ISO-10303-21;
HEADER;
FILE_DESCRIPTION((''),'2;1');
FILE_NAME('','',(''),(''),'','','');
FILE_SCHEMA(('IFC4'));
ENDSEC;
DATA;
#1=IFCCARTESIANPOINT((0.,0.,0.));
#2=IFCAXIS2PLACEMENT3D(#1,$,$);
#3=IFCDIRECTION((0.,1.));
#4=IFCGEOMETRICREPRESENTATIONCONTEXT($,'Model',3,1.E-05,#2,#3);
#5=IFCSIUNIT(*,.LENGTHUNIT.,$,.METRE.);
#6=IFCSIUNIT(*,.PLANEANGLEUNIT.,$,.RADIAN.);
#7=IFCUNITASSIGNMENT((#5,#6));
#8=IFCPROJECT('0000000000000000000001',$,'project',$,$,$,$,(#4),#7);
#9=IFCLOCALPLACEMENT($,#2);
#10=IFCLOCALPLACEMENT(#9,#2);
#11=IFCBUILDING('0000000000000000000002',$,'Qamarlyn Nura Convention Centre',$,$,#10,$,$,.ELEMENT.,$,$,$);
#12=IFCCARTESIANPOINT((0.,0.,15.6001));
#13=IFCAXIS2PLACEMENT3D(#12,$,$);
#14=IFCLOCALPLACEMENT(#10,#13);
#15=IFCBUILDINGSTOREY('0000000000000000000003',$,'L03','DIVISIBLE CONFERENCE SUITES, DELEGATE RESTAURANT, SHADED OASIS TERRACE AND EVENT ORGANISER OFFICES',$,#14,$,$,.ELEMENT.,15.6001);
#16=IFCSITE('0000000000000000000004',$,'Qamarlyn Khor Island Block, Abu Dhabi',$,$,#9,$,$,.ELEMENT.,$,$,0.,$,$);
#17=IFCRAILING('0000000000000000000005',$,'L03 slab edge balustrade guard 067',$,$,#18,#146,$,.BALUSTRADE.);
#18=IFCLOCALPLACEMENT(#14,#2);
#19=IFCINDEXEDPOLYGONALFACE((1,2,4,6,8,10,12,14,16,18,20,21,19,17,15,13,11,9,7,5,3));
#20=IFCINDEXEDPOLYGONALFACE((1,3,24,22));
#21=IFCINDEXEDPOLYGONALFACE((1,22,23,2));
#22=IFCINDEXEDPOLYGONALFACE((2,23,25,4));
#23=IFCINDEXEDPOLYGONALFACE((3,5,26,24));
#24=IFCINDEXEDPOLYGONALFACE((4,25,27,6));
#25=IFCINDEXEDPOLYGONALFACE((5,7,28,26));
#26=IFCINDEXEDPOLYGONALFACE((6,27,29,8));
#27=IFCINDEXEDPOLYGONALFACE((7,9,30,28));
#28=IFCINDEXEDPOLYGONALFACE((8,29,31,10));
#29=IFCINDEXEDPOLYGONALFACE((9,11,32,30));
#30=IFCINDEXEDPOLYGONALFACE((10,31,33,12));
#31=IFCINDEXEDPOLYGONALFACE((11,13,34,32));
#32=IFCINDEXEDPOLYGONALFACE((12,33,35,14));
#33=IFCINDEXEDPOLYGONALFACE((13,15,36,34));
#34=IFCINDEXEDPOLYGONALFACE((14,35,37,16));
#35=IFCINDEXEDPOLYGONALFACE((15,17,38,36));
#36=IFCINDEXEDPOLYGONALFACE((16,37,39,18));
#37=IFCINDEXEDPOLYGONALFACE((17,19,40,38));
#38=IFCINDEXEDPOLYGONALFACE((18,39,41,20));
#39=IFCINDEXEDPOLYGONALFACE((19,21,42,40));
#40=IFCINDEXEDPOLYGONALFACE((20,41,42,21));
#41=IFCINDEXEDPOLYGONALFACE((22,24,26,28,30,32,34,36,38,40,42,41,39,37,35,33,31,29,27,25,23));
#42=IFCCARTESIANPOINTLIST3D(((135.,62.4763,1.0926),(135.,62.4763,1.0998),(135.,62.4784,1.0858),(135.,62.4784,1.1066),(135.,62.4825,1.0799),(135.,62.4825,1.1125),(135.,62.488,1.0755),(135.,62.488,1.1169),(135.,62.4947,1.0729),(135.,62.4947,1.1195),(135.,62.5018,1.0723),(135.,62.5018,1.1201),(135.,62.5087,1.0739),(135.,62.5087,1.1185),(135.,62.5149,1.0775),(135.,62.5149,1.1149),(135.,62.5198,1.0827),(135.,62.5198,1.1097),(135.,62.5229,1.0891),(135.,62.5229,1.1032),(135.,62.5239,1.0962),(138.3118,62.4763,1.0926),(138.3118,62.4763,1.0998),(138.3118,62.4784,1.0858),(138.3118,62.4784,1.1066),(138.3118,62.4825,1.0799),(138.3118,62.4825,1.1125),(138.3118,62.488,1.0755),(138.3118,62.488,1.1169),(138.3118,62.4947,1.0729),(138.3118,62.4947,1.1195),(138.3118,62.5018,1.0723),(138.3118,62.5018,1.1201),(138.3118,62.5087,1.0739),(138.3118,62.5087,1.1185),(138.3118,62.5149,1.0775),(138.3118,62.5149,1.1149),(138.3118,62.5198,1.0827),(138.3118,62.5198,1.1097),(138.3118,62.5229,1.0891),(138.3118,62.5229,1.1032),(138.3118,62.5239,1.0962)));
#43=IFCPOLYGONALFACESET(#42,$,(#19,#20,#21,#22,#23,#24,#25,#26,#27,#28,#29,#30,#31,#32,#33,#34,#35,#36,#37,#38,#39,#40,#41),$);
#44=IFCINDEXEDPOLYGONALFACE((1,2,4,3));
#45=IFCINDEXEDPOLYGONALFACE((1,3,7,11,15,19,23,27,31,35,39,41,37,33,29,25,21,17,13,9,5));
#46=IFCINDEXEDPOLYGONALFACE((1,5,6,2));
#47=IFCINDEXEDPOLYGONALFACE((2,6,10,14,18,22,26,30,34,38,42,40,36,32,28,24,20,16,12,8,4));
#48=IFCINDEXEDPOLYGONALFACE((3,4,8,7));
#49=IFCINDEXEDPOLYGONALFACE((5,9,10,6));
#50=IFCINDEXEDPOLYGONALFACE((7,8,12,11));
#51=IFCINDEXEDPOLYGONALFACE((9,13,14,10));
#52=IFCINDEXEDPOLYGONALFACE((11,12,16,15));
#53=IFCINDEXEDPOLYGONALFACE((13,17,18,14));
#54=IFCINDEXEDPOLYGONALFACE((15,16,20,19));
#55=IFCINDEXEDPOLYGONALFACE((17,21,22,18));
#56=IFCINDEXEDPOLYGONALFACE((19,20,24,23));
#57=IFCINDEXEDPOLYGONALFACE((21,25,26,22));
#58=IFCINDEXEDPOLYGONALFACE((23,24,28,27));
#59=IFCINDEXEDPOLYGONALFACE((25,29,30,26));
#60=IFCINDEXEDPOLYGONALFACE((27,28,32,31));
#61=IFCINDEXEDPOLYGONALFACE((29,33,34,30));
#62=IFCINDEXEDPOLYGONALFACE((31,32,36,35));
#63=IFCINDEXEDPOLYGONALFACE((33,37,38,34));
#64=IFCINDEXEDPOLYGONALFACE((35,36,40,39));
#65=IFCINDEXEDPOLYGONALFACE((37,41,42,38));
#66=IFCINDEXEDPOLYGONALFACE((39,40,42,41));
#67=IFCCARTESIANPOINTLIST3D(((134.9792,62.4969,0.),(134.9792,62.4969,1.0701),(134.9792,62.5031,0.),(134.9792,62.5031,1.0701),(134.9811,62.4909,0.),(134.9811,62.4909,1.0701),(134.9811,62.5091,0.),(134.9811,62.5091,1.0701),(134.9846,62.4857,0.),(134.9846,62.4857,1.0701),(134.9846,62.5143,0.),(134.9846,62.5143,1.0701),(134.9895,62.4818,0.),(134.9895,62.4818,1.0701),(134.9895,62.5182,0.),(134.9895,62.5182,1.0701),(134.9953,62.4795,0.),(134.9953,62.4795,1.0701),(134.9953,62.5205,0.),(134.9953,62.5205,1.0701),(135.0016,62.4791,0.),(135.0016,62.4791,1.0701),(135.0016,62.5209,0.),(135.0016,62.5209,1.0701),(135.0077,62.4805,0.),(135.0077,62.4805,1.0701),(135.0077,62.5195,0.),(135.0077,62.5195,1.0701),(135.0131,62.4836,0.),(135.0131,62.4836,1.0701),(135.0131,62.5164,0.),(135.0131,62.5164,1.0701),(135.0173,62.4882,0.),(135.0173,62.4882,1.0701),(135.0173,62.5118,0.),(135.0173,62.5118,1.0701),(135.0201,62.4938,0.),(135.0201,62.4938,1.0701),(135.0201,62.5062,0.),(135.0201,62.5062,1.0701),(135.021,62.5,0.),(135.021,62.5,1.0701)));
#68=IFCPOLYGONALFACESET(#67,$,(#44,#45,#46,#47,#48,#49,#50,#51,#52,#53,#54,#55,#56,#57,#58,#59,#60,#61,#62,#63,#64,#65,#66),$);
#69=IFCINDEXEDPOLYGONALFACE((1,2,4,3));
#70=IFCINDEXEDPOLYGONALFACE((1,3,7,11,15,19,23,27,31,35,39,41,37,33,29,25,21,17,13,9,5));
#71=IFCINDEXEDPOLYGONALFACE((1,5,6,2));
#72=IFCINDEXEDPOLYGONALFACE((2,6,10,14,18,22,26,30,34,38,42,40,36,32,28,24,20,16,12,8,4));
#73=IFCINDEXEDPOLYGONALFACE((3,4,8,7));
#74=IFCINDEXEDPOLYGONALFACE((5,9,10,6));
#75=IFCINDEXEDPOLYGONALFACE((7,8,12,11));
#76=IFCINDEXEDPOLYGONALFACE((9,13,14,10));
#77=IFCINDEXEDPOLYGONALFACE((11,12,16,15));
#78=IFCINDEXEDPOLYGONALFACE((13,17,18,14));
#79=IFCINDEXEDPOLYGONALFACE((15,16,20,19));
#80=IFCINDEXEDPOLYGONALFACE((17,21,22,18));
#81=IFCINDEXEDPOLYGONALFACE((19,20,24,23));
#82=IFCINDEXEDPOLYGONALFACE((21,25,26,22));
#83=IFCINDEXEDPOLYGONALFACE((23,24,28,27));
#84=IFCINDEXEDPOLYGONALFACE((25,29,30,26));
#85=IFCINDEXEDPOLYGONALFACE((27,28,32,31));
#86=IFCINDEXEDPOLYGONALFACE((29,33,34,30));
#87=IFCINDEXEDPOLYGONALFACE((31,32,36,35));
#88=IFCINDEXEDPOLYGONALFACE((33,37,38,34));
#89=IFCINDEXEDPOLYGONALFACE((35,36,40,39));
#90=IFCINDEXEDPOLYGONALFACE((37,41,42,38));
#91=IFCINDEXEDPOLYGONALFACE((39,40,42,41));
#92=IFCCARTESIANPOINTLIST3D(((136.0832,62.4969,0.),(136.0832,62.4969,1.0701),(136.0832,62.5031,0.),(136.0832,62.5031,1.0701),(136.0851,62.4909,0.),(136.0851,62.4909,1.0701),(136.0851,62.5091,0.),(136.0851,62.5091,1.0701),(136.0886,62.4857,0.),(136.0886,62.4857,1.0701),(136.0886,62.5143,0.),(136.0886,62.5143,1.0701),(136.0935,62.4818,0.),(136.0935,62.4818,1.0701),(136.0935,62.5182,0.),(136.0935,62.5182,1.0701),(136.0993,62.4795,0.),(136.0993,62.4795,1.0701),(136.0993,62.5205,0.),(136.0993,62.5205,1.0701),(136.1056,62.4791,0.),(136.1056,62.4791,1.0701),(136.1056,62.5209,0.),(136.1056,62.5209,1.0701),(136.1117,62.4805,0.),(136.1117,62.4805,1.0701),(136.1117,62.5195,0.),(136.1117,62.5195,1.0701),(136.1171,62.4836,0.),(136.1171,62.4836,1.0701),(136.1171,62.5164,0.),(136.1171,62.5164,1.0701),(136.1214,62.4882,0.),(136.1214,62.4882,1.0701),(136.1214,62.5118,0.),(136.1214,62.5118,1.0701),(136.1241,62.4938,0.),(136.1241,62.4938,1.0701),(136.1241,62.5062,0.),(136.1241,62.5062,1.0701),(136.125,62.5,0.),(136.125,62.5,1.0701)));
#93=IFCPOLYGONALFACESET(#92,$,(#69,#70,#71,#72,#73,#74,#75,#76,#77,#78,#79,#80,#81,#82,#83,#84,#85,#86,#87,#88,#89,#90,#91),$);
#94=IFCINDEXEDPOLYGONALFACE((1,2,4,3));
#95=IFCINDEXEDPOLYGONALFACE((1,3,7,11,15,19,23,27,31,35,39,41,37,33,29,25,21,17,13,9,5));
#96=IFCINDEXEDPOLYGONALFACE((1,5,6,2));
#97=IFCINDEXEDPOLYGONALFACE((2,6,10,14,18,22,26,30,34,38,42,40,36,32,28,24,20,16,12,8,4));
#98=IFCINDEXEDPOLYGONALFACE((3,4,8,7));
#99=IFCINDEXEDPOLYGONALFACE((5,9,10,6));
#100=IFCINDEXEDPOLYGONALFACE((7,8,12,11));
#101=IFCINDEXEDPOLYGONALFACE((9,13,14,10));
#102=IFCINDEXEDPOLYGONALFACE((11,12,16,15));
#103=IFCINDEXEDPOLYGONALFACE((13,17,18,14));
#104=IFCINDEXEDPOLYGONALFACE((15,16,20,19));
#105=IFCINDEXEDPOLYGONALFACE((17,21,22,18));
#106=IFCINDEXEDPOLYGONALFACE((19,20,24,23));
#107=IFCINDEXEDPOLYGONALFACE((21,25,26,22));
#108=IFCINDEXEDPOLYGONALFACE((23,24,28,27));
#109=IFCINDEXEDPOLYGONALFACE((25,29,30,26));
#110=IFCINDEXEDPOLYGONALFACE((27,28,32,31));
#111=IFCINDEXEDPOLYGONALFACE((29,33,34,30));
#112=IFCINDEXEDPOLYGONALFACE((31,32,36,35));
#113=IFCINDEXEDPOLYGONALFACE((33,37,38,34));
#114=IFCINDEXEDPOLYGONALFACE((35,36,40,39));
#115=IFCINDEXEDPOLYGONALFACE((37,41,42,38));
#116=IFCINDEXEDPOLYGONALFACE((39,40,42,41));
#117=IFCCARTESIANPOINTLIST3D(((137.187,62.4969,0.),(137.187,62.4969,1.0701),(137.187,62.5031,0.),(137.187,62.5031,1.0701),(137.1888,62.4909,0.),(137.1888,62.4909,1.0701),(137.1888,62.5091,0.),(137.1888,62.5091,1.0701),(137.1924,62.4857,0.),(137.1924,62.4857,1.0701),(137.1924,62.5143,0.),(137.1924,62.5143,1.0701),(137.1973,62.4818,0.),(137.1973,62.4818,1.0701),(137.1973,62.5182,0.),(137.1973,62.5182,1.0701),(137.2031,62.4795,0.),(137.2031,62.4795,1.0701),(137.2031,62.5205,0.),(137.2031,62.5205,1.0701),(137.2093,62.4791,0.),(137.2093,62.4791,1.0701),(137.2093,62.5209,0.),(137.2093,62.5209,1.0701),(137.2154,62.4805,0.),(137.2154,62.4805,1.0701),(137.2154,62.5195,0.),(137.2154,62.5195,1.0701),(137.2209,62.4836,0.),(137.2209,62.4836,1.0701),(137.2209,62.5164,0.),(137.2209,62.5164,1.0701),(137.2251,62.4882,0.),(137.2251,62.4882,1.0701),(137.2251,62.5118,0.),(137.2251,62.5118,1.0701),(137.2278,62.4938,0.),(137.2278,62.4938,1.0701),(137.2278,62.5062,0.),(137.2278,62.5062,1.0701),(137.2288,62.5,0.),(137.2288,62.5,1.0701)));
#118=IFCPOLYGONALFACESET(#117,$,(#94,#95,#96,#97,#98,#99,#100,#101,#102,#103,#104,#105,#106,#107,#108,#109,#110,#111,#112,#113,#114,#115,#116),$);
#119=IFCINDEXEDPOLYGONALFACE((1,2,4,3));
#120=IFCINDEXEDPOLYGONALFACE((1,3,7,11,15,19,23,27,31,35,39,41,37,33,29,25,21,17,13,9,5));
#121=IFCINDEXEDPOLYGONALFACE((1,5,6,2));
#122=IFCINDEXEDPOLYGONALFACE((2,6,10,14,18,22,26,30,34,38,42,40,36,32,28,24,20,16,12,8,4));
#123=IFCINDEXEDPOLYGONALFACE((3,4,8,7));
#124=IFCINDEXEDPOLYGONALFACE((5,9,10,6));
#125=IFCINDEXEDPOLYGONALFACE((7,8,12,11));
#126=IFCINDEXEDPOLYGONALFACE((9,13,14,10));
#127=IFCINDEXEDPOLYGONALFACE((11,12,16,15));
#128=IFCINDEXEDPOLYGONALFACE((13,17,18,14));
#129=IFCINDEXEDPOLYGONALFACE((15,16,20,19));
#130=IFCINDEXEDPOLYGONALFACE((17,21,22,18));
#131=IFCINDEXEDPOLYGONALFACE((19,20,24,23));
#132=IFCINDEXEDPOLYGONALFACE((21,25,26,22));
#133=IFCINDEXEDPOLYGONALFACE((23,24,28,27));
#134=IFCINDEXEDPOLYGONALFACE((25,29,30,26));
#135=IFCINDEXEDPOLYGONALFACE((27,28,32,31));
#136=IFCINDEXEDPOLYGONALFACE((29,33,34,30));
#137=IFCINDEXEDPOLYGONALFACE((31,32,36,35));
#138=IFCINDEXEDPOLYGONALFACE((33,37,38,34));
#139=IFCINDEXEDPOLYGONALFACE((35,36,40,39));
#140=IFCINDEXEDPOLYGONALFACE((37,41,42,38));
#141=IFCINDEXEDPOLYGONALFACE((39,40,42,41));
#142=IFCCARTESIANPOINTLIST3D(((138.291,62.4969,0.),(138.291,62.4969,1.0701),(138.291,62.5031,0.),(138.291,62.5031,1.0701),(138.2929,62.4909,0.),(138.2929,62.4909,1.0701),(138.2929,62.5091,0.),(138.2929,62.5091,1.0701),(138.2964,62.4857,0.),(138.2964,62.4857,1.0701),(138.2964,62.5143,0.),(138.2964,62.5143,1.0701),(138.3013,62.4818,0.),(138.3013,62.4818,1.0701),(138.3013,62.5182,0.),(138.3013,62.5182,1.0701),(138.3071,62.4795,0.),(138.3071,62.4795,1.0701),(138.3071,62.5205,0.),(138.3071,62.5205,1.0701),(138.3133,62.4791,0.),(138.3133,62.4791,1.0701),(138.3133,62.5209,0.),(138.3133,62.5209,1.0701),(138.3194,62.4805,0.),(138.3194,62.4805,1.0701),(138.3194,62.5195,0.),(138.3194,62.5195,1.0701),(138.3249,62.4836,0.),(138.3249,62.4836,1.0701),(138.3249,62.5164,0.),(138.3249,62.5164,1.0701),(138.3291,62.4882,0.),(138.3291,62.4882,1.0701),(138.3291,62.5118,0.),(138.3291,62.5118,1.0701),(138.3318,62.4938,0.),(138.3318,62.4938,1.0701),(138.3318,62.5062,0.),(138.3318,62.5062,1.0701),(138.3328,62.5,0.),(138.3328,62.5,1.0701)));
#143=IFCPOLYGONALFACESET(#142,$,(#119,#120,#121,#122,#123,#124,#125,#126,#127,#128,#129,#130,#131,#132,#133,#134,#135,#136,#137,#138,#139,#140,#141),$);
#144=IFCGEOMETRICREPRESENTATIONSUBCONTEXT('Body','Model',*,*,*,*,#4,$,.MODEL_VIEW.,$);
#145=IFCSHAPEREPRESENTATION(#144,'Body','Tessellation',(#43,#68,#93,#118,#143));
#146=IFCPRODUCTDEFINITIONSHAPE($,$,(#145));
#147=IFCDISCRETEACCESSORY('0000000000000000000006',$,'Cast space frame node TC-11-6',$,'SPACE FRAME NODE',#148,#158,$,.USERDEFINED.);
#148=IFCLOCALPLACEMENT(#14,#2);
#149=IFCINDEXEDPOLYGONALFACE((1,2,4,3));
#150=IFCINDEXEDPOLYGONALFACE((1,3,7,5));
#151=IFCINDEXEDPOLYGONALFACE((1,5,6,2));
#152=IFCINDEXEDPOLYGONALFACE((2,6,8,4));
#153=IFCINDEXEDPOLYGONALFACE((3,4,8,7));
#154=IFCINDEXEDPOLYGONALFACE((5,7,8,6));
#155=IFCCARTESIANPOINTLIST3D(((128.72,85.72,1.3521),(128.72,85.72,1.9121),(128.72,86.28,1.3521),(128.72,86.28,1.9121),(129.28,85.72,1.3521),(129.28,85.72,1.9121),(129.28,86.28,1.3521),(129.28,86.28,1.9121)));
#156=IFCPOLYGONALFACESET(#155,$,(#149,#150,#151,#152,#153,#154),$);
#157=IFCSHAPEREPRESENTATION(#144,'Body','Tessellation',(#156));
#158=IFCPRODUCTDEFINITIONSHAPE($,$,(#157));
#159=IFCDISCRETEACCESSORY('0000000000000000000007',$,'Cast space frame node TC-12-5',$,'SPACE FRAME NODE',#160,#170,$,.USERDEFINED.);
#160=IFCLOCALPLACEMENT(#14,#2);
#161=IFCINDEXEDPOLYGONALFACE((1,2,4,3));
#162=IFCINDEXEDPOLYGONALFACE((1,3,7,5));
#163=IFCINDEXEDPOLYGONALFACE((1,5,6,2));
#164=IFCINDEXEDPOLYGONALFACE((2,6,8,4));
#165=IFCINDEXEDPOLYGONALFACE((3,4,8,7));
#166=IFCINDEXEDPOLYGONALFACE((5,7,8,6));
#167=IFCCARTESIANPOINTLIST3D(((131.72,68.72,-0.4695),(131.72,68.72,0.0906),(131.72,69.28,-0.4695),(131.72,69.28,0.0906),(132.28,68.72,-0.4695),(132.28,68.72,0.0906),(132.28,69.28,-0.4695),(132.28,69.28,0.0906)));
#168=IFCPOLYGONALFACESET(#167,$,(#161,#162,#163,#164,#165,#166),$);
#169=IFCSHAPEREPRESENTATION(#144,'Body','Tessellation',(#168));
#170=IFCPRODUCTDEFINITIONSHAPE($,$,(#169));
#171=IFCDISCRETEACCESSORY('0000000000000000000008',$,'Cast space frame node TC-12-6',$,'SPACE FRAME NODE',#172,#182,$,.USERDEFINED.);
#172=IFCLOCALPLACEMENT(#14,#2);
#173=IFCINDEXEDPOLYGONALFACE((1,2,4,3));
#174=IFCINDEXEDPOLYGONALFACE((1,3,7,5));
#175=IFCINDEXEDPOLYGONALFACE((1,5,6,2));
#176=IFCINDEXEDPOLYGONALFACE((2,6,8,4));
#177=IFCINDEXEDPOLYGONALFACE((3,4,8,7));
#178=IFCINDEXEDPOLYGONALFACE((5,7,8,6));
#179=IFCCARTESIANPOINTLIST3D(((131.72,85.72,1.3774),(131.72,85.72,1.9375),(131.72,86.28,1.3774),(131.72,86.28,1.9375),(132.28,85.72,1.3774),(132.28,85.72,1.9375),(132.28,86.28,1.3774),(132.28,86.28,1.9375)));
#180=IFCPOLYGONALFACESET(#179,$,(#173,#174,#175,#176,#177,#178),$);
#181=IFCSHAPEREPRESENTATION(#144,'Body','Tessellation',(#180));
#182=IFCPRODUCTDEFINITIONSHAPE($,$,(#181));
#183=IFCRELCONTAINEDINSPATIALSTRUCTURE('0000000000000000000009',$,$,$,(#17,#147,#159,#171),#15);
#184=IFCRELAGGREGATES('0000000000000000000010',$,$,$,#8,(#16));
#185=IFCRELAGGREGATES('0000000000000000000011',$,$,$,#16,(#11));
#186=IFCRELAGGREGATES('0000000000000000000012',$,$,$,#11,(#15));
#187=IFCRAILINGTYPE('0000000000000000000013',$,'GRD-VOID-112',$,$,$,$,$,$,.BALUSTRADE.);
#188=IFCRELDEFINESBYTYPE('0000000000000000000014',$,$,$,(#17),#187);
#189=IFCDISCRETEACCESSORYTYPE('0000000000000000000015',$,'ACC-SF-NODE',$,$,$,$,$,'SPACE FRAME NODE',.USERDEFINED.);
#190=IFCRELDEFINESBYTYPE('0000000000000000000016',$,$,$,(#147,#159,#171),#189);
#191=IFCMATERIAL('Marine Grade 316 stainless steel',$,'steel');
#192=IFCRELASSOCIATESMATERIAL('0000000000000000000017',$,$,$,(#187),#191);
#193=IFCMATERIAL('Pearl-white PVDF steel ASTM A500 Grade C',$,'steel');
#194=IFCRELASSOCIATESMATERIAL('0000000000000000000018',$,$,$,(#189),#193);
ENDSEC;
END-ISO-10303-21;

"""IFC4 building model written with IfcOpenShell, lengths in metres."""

from ifc_helpers import new_model, si_unit, direction, frame, origin, origin_2d, place, context, subcontext, project, spatial, rectangle, circle, extrude, material, type_object, element, save


model = new_model("IFC4")

# Units and contexts
model_context = context("Model", 3, precision=1e-05, world=origin(), true_north=direction((0.0, 1.0)))
body_context = subcontext(model_context, "Body", "Model", "MODEL_VIEW")
ifc_project = project(units=[si_unit("LENGTHUNIT", "METRE"), si_unit("PLANEANGLEUNIT", "RADIAN")], contexts=[model_context])

# Site, building, storey
site_placement = place(None, origin())
site = spatial("IfcSite", under=ifc_project, at=site_placement, Name="Qamarlyn Khor Island Block, Abu Dhabi", CompositionType="ELEMENT", RefElevation=0.0)
building_placement = place(site_placement, origin())
building = spatial("IfcBuilding", under=site, at=building_placement, Name="Qamarlyn Nura Convention Centre", CompositionType="ELEMENT")
storey_placement = place(building_placement, frame((0.0, 0.0, 15.6001)))
storey = spatial("IfcBuildingStorey", under=building, at=storey_placement, Name="L03", Description="DIVISIBLE CONFERENCE SUITES, DELEGATE RESTAURANT, SHADED OASIS TERRACE AND EVENT ORGANISER OFFICES", CompositionType="ELEMENT", Elevation=15.6001)

# Shared definitions
ifc_material_1 = material(Name="Pearl-white PVDF steel ASTM A500 Grade C", Category="steel")

# Railing
ifc_material_2 = material(Name="Marine Grade 316 stainless steel", Category="steel")
railing_type = type_object("IfcRailingType", Name="GRD-VOID-112", PredefinedType="BALUSTRADE", material=ifc_material_2)
railing_placement = place(storey_placement, frame((135.0, 62.5, 0.0)))
element("IfcRailing", 1, at=railing_placement, inside=storey, type_object=railing_type, Name="L03 slab edge balustrade guard 067", PredefinedType="BALUSTRADE", context=body_context, shape_type="SweptSolid", body=[
    extrude(circle(Radius=0.0239, at=origin_2d()), frame((0.0, 0.0, 1.0962), z_axis=(1.0, 0.0, 0.0), x_axis=(0.0, 1.0, 0.0)), (0.0, 0.0, 1.0), 3.3118),
    extrude(circle(Radius=0.021, at=origin_2d()), origin(), (0.0, 0.0, 1.0), 1.0701),
    extrude(circle(Radius=0.021, at=origin_2d()), frame((1.104, 0.0, 0.0)), (0.0, 0.0, 1.0), 1.0701),
    extrude(circle(Radius=0.021, at=origin_2d()), frame((2.2078, 0.0, 0.0)), (0.0, 0.0, 1.0), 1.0701),
    extrude(circle(Radius=0.021, at=origin_2d()), frame((3.3118, 0.0, 0.0)), (0.0, 0.0, 1.0), 1.0701),
])

# Discrete accessories
discrete_accessory_type = type_object("IfcDiscreteAccessoryType", Name="ACC-SF-NODE", ElementType="SPACE FRAME NODE", PredefinedType="USERDEFINED", material=ifc_material_1)
for number, where, z_axis, x_axis, name in (
    (2, (129.0, 86.0, 1.3521), (0.0, 0.0, 1.0), (1.0, 0.0, 0.0), "Cast space frame node TC-11-6"),
    (3, (132.0, 69.0, -0.4695), (0.0, 0.0, 1.0), (1.0, 0.0, 0.0), "Cast space frame node TC-12-5"),
    (4, (132.0, 86.0, 1.3774), (0.0, 0.0, 1.0), (1.0, 0.0, 0.0), "Cast space frame node TC-12-6"),
):
    element("IfcDiscreteAccessory", number, at=place(storey_placement, frame(where, z_axis=z_axis, x_axis=x_axis)), inside=storey, type_object=discrete_accessory_type, Name=name, ObjectType="SPACE FRAME NODE", PredefinedType="USERDEFINED", context=body_context, shape_type="SweptSolid", body=[
        extrude(rectangle(XDim=0.5601, YDim=0.5601, at=origin_2d()), origin(), (0.0, 0.0, 1.0), 0.5601),
    ])

save(model, "model.ifc")
